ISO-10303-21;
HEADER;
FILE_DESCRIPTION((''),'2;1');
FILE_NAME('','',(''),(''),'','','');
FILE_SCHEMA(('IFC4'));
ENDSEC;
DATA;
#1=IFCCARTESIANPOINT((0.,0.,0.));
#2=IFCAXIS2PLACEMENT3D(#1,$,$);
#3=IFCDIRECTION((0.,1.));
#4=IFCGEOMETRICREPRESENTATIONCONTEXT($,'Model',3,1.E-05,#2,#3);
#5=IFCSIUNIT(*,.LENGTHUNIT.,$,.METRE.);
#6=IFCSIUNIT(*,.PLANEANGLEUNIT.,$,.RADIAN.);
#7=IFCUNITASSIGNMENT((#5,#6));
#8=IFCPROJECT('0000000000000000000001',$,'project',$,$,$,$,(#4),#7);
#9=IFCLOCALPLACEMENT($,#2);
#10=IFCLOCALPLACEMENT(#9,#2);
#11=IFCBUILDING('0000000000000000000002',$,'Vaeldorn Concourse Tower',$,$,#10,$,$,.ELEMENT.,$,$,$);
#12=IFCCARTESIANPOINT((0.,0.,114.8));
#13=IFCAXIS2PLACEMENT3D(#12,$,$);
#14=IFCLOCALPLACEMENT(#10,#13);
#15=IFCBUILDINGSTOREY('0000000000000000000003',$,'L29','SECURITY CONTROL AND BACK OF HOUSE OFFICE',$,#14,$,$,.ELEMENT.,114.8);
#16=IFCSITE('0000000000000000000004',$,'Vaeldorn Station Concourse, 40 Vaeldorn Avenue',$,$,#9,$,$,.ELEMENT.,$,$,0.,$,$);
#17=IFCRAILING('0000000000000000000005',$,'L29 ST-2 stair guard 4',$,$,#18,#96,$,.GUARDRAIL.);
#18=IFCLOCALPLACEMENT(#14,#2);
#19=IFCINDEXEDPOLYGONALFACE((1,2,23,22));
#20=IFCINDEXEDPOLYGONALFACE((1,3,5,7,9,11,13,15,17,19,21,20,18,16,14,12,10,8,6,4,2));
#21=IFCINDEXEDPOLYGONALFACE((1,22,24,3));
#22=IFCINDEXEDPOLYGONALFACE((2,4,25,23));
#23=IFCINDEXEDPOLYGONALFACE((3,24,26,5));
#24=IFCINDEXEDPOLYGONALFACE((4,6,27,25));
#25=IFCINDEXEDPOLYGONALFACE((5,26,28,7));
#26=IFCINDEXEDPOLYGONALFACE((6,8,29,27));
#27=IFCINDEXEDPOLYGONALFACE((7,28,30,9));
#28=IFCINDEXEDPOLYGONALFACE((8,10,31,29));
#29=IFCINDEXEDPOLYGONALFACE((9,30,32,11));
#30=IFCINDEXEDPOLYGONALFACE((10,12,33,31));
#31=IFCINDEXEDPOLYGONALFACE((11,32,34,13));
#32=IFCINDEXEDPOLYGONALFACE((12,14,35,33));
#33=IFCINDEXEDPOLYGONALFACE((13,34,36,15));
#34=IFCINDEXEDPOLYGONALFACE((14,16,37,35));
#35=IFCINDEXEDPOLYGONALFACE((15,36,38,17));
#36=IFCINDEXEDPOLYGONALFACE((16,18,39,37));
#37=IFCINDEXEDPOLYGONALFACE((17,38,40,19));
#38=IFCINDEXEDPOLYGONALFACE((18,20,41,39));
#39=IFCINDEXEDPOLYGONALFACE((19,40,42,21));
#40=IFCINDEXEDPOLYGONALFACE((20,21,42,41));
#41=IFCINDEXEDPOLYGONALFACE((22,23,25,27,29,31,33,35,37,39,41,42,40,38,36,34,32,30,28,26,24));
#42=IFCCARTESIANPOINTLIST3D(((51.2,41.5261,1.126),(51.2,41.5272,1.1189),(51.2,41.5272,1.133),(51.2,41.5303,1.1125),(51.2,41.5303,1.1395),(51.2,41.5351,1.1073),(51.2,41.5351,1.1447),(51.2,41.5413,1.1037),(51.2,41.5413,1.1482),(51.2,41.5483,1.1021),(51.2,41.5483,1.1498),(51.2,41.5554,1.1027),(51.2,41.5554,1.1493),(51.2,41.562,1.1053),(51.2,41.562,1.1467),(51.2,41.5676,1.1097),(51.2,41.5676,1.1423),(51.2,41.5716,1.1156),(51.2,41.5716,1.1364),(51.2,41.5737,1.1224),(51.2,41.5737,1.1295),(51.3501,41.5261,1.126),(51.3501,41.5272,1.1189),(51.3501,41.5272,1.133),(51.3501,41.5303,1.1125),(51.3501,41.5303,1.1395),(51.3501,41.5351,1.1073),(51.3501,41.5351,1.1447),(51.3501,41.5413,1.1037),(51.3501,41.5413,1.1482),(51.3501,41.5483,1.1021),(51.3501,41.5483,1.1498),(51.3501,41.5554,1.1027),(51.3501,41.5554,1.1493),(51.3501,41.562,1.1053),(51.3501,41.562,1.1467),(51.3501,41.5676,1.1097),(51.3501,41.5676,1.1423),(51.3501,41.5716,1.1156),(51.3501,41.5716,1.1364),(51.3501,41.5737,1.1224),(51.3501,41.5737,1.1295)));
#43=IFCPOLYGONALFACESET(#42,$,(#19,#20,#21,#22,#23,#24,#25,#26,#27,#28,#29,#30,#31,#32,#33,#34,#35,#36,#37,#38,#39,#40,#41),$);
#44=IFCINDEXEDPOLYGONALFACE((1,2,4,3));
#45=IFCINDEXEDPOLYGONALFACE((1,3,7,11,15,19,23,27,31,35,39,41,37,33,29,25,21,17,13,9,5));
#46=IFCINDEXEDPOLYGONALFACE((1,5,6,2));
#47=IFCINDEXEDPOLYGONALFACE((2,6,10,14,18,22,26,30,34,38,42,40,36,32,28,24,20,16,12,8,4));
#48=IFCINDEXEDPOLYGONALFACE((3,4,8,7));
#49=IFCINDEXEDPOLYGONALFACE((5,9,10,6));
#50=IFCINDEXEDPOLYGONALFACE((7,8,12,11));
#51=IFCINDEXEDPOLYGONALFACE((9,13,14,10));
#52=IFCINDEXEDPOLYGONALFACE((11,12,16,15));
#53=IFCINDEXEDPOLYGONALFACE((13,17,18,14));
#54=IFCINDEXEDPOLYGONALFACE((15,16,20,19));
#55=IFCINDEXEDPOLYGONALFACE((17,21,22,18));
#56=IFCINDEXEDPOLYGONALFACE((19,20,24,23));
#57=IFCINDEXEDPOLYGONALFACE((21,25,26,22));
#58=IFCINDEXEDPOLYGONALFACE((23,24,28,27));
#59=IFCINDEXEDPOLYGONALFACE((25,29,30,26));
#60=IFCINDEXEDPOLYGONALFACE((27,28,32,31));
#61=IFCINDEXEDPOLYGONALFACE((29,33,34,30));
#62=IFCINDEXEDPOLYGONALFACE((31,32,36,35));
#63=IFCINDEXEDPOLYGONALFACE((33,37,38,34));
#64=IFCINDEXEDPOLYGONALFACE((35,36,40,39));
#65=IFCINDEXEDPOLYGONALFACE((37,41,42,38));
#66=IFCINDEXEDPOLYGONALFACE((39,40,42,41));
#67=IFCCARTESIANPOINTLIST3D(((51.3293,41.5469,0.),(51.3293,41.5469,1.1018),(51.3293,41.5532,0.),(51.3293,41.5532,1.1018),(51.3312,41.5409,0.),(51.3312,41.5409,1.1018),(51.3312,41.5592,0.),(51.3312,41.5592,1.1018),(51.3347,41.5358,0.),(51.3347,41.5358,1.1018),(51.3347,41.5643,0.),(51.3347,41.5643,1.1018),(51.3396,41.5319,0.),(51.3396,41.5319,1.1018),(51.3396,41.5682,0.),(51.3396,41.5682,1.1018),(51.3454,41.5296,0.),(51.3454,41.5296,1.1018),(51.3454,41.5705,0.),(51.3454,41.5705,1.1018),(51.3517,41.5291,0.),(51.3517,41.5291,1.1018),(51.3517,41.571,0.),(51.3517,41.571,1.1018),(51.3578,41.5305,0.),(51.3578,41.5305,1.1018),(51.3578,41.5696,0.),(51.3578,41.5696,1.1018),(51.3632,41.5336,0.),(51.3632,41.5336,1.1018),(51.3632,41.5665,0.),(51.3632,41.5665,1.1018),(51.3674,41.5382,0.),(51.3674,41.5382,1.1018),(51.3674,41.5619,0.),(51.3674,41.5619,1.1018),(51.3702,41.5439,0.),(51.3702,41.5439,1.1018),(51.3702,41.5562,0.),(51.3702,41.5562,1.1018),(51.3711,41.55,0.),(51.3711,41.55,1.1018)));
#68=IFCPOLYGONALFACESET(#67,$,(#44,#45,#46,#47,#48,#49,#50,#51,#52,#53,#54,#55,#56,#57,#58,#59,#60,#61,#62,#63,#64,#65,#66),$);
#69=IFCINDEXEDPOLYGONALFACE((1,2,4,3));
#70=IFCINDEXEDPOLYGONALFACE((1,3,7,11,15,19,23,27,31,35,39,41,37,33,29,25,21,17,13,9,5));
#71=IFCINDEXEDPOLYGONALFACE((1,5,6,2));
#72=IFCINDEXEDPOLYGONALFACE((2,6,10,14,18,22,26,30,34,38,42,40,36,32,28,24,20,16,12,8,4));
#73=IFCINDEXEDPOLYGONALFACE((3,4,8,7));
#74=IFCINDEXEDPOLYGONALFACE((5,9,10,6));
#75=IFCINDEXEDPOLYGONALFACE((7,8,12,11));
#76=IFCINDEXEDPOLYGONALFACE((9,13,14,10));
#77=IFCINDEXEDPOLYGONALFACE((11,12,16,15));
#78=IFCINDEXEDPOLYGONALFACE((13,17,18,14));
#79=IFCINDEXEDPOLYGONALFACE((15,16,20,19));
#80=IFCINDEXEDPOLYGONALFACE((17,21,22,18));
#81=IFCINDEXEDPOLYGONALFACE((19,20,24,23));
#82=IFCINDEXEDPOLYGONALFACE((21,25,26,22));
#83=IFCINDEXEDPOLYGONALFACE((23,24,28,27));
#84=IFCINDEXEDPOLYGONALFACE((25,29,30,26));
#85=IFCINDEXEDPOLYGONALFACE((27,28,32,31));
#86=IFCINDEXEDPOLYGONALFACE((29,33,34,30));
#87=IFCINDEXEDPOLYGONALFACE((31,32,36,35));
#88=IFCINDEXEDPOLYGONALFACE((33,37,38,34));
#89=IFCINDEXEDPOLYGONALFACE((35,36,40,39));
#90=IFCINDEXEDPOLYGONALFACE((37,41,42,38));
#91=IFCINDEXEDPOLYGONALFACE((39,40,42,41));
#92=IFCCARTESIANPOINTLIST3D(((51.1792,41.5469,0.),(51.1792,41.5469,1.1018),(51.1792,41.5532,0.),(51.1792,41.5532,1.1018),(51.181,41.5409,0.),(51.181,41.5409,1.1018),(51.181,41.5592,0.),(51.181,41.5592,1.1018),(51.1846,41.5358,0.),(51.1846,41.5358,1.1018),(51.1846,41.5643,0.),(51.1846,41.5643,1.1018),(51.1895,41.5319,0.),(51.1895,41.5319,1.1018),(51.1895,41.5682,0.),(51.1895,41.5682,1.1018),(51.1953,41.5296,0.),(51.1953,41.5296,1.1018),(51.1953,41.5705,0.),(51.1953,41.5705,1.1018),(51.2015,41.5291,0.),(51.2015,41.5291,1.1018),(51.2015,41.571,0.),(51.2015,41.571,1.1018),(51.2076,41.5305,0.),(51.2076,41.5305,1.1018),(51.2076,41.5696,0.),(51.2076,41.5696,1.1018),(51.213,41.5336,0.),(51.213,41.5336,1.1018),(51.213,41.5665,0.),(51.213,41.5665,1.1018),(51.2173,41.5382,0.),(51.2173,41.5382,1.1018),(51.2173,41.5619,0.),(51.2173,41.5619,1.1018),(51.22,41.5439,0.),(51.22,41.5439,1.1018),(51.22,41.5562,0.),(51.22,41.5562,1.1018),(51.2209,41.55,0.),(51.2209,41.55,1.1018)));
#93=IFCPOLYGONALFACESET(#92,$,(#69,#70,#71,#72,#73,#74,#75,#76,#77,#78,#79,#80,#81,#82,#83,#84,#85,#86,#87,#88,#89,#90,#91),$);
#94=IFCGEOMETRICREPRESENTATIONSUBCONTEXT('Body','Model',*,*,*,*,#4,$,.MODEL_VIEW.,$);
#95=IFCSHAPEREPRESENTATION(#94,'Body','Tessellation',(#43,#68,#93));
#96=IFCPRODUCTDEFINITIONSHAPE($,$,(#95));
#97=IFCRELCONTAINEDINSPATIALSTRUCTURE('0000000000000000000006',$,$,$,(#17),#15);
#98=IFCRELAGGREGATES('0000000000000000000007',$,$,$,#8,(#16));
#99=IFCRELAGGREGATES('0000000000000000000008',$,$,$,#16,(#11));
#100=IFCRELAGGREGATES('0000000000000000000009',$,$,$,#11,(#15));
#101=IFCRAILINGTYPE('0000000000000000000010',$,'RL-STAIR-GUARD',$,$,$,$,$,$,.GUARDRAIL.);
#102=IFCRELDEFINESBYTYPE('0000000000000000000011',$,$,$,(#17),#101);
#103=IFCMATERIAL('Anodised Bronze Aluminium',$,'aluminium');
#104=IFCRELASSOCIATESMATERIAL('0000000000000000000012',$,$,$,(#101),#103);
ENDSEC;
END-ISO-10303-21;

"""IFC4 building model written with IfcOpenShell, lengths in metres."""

from ifc_helpers import new_model, si_unit, direction, frame, origin, origin_2d, place, context, subcontext, project, spatial, circle, extrude, material, type_object, element, save


model = new_model("IFC4")

# Units and contexts
model_context = context("Model", 3, precision=1e-05, world=origin(), true_north=direction((0.0, 1.0)))
body_context = subcontext(model_context, "Body", "Model", "MODEL_VIEW")
ifc_project = project(units=[si_unit("LENGTHUNIT", "METRE"), si_unit("PLANEANGLEUNIT", "RADIAN")], contexts=[model_context])

# Site, building, storey
site_placement = place(None, origin())
site = spatial("IfcSite", under=ifc_project, at=site_placement, Name="Vaeldorn Station Concourse, 40 Vaeldorn Avenue", CompositionType="ELEMENT", RefElevation=0.0)
building_placement = place(site_placement, origin())
building = spatial("IfcBuilding", under=site, at=building_placement, Name="Vaeldorn Concourse Tower", CompositionType="ELEMENT")
storey_placement = place(building_placement, frame((0.0, 0.0, 114.8)))
storey = spatial("IfcBuildingStorey", under=building, at=storey_placement, Name="L29", Description="SECURITY CONTROL AND BACK OF HOUSE OFFICE", CompositionType="ELEMENT", Elevation=114.8)

# Shared definitions
ifc_material_1 = material(Name="Anodised Bronze Aluminium", Category="aluminium")

# Railing
railing_type_1 = type_object("IfcRailingType", Name="RL-STAIR-GUARD", PredefinedType="GUARDRAIL", material=ifc_material_1)
railing_1_placement = place(storey_placement, frame((51.3501, 41.55, 0.0)))
element("IfcRailing", 1, at=railing_1_placement, inside=storey, type_object=railing_type_1, Name="L29 ST-2 stair guard 4", PredefinedType="GUARDRAIL", context=body_context, shape_type="SweptSolid", body=[
    extrude(circle(Radius=0.0239, at=origin_2d()), frame((0.0, 0.0, 1.126), z_axis=(-1.0, 0.0, 0.0), x_axis=(0.0, -1.0, 0.0)), (0.0, 0.0, 1.0), 0.1501),
    extrude(circle(Radius=0.021, at=origin_2d()), origin(), (0.0, 0.0, 1.0), 1.1018),
    extrude(circle(Radius=0.021, at=origin_2d()), frame((-0.1501, 0.0, 0.0)), (0.0, 0.0, 1.0), 1.1018),
])

save(model, "model.ifc")
